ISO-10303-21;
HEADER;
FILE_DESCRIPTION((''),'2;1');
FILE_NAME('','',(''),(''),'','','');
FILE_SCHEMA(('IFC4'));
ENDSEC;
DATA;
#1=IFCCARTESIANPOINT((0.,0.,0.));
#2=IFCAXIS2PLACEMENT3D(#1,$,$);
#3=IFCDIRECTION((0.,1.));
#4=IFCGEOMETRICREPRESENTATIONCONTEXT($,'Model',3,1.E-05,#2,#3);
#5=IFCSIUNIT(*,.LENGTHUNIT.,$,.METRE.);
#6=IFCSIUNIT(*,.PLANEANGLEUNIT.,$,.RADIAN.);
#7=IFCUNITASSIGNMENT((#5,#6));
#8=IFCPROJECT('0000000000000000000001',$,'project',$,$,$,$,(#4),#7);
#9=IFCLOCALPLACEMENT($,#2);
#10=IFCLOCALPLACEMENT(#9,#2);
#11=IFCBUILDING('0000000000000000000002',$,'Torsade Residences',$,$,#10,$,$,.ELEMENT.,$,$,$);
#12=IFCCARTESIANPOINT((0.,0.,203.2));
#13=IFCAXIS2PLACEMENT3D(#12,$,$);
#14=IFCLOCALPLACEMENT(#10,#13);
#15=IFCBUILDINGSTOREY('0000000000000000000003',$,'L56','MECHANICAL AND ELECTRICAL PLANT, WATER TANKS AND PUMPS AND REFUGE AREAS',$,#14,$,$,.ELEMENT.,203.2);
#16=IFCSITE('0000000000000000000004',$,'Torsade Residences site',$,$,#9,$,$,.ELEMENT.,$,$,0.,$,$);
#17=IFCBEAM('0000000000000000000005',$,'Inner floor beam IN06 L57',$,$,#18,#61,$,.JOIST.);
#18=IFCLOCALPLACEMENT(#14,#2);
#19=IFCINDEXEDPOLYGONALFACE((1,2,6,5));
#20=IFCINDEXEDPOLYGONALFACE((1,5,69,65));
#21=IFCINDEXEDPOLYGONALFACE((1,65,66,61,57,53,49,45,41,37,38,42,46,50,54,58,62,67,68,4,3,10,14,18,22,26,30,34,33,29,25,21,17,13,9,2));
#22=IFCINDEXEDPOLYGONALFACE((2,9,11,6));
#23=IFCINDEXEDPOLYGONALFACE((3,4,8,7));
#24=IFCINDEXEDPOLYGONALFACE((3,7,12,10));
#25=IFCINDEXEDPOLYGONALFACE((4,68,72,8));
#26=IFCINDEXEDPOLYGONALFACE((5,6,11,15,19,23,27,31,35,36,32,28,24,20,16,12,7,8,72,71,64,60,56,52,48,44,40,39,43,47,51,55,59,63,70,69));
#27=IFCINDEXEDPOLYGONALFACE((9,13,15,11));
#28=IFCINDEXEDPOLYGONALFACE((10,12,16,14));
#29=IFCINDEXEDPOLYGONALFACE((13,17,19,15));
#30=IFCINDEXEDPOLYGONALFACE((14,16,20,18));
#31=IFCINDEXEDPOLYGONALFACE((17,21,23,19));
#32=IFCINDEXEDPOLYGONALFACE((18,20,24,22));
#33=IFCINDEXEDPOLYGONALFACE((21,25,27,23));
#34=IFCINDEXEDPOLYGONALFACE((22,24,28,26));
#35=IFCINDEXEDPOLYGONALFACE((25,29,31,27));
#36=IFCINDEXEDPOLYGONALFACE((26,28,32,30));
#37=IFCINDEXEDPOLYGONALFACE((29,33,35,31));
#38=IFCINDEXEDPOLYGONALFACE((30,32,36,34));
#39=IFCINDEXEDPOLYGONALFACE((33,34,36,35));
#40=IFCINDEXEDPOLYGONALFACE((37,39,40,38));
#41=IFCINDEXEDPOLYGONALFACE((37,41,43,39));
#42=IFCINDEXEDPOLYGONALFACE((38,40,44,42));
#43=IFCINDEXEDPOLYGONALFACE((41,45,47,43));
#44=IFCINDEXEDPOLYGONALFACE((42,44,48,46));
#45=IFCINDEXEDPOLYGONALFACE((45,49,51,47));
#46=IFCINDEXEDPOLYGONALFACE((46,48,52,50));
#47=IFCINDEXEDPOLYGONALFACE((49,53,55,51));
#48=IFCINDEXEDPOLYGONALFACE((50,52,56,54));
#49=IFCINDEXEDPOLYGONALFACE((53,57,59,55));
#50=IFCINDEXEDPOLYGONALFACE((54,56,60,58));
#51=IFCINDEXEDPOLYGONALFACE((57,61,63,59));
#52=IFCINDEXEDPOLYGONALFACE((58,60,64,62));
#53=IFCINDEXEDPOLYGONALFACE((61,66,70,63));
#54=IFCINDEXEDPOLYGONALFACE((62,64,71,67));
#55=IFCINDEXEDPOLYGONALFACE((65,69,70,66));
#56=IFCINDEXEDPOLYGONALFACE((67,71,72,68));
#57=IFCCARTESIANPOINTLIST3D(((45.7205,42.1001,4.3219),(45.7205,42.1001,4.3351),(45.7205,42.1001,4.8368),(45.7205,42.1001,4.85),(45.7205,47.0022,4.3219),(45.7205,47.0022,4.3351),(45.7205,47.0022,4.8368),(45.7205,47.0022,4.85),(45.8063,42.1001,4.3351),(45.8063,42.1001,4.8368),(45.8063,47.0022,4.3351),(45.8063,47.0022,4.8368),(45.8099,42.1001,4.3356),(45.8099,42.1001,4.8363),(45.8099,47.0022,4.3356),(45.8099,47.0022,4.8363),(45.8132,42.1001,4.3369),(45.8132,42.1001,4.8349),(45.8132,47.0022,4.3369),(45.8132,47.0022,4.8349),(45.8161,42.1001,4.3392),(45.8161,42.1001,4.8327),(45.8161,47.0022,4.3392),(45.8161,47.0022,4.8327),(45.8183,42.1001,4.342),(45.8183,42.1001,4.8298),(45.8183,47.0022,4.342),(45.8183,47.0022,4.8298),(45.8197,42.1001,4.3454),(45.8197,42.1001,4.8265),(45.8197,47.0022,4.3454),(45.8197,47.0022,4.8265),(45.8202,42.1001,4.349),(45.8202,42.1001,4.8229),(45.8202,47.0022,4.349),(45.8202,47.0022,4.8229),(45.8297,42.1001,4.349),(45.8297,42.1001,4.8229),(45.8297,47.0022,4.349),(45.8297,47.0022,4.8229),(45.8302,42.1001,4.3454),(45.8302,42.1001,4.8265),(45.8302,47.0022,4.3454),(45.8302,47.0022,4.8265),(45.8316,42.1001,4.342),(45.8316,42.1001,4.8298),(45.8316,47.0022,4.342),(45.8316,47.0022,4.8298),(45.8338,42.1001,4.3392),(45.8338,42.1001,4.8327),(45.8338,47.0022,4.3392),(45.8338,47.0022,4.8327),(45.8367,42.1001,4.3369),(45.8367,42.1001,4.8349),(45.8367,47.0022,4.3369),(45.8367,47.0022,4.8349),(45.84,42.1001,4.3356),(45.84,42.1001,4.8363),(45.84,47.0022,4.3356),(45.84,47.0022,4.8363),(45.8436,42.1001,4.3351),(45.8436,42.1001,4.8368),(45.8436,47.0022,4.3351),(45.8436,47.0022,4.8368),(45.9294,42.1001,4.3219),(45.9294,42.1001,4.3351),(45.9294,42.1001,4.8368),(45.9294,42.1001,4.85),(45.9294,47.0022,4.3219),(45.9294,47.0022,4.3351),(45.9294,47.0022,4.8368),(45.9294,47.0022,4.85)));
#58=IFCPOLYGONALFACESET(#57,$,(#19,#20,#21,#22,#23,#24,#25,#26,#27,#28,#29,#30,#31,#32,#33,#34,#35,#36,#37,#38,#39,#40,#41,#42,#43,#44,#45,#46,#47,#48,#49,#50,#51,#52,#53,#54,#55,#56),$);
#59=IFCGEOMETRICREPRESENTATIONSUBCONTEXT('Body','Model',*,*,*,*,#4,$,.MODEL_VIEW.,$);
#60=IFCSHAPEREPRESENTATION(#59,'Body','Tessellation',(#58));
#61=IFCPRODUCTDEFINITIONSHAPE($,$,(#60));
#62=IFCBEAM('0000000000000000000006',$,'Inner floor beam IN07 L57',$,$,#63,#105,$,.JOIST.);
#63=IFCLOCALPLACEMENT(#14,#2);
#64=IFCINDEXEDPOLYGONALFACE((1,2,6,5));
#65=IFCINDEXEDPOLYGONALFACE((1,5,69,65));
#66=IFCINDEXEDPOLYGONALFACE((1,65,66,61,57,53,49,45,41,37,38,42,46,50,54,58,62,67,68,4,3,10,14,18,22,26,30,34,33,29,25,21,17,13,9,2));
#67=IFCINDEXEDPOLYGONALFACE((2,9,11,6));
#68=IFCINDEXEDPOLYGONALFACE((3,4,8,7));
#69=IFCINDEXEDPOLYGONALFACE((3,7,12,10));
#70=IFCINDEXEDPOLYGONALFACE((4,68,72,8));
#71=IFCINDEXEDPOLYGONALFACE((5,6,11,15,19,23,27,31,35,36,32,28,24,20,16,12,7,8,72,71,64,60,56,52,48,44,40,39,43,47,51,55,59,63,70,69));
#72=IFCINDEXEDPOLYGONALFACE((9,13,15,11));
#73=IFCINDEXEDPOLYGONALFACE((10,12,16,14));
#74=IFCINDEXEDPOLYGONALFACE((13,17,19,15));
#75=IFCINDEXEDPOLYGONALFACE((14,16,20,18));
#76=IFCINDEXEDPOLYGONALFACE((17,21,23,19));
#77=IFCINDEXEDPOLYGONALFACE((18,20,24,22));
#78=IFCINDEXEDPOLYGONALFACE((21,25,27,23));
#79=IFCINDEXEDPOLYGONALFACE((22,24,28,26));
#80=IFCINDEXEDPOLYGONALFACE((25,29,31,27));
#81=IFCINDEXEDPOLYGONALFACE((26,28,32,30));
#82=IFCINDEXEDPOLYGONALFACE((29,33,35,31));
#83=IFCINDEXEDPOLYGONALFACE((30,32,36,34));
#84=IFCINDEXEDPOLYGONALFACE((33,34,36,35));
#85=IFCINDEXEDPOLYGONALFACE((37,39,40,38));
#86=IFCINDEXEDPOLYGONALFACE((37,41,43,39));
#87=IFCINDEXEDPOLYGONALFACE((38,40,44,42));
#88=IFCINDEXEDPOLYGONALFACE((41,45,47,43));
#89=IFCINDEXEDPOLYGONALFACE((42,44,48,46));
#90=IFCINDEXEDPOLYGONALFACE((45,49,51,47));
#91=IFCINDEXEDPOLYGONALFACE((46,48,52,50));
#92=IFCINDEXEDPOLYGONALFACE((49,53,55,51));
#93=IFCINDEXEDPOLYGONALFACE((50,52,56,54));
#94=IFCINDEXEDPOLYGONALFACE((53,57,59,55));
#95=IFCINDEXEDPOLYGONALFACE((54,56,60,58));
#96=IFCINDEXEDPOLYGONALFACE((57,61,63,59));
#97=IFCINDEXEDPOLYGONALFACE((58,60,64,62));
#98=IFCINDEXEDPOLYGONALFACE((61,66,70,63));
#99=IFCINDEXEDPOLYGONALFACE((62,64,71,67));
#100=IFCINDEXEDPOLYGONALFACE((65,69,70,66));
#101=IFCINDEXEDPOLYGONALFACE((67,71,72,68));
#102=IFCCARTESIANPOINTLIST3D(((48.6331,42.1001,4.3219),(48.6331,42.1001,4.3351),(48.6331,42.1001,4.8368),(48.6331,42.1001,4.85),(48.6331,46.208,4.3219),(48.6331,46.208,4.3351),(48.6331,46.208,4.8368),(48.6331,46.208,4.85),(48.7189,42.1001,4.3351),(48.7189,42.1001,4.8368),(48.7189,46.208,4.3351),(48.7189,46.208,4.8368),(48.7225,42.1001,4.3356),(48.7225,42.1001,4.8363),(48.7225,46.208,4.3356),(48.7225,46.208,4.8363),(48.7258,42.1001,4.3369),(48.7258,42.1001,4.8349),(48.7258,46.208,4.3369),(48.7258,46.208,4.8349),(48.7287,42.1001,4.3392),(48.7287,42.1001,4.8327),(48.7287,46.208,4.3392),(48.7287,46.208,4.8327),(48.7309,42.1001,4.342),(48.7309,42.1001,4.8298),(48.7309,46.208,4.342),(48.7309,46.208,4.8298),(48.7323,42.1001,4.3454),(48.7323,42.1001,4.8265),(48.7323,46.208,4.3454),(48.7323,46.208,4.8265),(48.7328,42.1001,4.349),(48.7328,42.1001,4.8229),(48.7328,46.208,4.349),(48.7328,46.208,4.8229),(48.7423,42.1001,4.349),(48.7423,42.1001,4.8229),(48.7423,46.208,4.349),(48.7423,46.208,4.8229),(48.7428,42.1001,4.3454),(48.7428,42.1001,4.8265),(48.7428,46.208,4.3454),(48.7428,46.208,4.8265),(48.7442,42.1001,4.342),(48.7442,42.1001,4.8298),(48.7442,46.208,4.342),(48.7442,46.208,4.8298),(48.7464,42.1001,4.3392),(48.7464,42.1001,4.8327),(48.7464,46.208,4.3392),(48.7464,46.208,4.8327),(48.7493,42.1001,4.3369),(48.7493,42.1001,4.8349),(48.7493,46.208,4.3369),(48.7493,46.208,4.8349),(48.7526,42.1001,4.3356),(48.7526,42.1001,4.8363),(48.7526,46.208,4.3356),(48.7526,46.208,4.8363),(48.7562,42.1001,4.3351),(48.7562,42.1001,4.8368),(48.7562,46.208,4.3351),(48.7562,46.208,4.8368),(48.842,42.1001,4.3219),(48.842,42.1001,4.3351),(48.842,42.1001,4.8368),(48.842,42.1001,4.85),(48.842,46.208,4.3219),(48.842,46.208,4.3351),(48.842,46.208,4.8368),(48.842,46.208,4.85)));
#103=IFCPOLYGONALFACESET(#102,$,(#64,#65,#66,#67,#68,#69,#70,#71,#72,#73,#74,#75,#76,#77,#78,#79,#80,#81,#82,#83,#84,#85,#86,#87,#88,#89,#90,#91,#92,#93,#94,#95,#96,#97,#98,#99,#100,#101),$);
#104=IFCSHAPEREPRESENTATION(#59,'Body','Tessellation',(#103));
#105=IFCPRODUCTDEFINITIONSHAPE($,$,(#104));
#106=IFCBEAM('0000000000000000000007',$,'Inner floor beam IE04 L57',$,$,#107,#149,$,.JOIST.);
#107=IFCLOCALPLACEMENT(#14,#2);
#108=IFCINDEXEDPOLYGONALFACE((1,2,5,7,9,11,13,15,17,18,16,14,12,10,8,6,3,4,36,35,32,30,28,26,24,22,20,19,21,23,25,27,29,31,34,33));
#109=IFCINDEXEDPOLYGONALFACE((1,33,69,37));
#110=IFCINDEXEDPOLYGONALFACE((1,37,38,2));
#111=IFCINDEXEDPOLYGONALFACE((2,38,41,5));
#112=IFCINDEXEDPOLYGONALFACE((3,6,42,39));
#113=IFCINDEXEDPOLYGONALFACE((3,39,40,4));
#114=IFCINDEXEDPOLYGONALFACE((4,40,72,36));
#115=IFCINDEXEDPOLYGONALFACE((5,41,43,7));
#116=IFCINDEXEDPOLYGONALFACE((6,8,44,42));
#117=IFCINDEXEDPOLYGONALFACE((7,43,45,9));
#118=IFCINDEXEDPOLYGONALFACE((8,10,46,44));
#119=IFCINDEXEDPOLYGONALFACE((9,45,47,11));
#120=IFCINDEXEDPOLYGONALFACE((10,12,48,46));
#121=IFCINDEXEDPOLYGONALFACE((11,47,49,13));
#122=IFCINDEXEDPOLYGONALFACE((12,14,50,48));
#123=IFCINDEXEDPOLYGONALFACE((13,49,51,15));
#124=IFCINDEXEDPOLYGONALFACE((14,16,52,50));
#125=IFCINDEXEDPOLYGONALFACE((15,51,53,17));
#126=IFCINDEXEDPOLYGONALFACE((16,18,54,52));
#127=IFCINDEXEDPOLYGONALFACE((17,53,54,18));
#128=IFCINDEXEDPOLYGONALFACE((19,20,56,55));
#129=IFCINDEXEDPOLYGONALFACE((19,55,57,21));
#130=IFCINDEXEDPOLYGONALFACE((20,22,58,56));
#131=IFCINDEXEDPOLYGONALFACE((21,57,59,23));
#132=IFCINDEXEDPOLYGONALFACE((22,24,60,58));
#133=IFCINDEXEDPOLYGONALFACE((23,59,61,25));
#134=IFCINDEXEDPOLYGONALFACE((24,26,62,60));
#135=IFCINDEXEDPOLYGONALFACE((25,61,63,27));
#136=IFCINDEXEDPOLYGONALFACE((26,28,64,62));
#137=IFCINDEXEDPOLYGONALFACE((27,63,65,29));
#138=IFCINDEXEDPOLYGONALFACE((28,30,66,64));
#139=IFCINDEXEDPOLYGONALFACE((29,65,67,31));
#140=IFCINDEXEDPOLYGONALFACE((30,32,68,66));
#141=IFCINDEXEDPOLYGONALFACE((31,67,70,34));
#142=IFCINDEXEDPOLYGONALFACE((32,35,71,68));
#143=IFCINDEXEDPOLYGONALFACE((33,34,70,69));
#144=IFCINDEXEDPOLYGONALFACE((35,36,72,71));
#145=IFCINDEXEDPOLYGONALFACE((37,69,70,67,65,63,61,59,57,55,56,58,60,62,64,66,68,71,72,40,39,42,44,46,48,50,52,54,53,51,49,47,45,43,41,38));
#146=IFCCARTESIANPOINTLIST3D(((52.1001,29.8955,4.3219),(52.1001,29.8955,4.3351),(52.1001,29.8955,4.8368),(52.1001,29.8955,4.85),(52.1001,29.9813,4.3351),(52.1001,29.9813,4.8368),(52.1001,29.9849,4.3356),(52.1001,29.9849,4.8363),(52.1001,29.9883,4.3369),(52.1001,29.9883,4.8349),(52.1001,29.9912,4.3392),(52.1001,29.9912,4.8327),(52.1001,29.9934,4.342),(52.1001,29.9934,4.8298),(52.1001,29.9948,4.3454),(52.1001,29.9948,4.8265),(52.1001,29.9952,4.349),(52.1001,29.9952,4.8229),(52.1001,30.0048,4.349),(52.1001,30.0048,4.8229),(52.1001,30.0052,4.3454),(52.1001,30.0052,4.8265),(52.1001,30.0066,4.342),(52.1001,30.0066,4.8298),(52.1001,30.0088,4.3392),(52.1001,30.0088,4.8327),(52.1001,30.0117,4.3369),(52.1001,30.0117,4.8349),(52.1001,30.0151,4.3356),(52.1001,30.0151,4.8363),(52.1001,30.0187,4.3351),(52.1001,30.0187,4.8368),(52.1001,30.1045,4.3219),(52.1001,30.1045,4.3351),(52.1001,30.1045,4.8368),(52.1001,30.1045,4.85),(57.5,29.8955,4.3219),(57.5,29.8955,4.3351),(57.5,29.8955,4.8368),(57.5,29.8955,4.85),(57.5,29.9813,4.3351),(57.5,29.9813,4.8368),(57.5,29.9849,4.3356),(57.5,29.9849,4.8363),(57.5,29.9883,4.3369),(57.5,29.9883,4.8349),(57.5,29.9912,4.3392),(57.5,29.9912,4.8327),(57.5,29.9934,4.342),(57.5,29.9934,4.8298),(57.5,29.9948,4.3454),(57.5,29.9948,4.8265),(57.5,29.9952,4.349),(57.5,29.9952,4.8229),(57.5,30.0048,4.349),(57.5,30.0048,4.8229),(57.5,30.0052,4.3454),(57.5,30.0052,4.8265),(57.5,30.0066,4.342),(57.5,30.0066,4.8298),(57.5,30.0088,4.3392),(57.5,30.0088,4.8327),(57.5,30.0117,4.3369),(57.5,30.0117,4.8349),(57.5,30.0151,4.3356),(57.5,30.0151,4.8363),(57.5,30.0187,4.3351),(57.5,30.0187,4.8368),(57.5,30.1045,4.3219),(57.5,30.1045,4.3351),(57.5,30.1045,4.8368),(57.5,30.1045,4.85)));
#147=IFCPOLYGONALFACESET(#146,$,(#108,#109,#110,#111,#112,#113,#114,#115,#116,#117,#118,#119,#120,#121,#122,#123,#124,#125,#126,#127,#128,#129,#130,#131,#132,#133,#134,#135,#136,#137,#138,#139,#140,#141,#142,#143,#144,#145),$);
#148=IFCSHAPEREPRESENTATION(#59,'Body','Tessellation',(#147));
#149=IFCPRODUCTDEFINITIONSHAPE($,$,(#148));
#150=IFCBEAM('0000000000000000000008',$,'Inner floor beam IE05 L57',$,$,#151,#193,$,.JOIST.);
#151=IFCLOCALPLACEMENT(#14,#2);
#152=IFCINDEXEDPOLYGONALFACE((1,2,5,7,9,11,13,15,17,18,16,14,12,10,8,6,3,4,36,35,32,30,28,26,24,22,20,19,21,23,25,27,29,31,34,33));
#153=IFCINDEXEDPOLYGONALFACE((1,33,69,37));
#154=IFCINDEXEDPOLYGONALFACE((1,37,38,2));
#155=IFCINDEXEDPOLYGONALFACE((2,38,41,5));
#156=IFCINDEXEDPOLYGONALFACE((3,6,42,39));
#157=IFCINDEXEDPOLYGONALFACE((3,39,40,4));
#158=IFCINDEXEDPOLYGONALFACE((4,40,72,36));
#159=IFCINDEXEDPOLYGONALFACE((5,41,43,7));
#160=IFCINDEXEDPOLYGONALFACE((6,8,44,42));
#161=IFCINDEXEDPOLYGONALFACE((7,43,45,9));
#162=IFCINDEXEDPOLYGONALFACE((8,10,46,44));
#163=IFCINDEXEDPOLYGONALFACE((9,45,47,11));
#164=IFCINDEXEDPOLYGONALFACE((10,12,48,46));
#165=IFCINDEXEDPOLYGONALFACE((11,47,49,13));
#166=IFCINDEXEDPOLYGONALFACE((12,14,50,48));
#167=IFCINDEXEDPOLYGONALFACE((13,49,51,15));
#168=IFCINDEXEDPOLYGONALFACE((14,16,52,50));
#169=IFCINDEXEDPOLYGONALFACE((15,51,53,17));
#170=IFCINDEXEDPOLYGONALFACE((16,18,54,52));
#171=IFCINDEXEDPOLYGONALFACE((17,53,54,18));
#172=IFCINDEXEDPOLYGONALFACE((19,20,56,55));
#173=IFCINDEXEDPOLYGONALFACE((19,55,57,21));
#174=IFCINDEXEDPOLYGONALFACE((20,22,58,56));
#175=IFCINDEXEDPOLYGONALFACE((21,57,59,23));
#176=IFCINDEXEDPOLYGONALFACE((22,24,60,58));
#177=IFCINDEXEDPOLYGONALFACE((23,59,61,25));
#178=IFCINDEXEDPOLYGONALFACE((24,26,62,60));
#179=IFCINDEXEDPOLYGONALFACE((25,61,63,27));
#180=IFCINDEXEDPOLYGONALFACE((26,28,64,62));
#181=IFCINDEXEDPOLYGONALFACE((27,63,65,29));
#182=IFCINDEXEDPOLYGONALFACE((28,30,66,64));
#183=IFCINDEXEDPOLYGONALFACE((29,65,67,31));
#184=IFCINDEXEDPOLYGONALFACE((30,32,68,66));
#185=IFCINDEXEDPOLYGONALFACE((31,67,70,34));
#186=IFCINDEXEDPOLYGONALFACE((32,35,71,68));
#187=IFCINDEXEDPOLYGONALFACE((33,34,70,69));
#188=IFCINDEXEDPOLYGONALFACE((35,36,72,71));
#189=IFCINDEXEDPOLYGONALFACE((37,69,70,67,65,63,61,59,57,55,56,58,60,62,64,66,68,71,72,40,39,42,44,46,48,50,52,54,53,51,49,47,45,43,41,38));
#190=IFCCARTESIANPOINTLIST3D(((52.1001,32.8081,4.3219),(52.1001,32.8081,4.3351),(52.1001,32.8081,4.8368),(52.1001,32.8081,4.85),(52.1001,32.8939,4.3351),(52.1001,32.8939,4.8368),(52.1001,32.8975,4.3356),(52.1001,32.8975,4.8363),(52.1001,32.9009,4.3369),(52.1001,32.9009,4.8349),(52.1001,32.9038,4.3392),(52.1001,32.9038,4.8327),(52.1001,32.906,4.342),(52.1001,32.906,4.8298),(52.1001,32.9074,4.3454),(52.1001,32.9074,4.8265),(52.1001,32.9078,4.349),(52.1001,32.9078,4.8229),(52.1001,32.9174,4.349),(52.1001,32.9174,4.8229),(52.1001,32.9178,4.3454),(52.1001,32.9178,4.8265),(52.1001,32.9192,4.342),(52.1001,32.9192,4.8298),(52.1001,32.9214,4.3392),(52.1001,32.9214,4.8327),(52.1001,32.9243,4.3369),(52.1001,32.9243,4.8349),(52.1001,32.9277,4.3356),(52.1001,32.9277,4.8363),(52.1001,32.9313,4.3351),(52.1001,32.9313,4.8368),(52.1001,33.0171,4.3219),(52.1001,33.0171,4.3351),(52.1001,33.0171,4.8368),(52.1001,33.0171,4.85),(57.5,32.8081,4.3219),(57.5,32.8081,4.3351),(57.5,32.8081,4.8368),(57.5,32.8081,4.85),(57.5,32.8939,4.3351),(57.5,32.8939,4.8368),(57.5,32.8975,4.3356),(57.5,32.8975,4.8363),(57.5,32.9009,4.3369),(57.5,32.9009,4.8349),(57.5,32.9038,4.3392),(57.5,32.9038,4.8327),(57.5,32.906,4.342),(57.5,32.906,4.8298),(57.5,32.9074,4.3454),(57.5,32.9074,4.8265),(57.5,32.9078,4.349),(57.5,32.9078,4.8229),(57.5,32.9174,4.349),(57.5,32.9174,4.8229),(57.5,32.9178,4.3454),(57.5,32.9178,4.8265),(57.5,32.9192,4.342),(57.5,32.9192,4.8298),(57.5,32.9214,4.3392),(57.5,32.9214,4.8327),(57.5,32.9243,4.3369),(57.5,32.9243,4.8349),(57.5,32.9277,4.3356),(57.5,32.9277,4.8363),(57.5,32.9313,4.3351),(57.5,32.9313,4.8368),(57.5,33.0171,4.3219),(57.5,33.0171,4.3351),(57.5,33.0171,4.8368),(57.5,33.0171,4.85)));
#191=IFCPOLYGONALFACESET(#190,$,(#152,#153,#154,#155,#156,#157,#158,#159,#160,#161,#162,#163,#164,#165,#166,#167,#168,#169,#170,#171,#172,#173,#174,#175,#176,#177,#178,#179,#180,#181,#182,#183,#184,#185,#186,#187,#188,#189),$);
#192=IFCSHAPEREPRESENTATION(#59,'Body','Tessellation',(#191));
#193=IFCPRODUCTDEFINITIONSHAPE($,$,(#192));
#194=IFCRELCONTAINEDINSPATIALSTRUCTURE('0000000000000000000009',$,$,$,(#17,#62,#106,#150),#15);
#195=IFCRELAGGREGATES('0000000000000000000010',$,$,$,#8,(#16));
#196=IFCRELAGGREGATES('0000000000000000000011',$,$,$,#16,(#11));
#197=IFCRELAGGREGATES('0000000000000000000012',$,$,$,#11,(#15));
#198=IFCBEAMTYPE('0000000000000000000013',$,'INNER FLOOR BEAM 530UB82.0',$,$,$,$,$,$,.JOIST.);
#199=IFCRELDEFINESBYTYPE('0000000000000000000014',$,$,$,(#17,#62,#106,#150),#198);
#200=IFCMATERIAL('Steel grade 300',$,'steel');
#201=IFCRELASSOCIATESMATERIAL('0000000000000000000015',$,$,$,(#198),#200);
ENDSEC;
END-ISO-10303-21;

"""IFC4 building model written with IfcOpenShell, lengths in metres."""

from ifc_helpers import new_model, si_unit, direction, frame, origin, origin_2d, place, context, subcontext, project, spatial, i_section, extrude, material, material_profile, profile_set, type_object, element, save


model = new_model("IFC4")

# Units and contexts
model_context = context("Model", 3, precision=1e-05, world=origin(), true_north=direction((0.0, 1.0)))
body_context = subcontext(model_context, "Body", "Model", "MODEL_VIEW")
ifc_project = project(units=[si_unit("LENGTHUNIT", "METRE"), si_unit("PLANEANGLEUNIT", "RADIAN")], contexts=[model_context])

# Site, building, storey
site_placement = place(None, origin())
site = spatial("IfcSite", under=ifc_project, at=site_placement, Name="Torsade Residences site", CompositionType="ELEMENT", RefElevation=0.0)
building_placement = place(site_placement, origin())
building = spatial("IfcBuilding", under=site, at=building_placement, Name="Torsade Residences", CompositionType="ELEMENT")
storey_placement = place(building_placement, frame((0.0, 0.0, 203.2)))
storey = spatial("IfcBuildingStorey", under=building, at=storey_placement, Name="L56", Description="MECHANICAL AND ELECTRICAL PLANT, WATER TANKS AND PUMPS AND REFUGE AREAS", CompositionType="ELEMENT", Elevation=203.2)

# Beams
ifc_material_1 = material(Name="Steel grade 300", Category="steel")
ifc_material_profile_1 = material_profile(ifc_material_1, i_section(OverallWidth=0.209, OverallDepth=0.5281, WebThickness=0.0095, FlangeThickness=0.0132, FilletRadius=0.0139, at=origin_2d()), Name="530UB82.0")
ifc_profile_set_1 = profile_set([ifc_material_profile_1], Name="Steel grade 300")
beam_type_1 = type_object("IfcBeamType", Name="INNER FLOOR BEAM 530UB82.0", PredefinedType="JOIST", material=ifc_profile_set_1)
beam_1_placement = place(storey_placement, frame((45.825, 42.1001, 4.5859), z_axis=(0.0, 1.0, 0.0), x_axis=(-1.0, 0.0, 0.0)))
element("IfcBeam", 1, at=beam_1_placement, inside=storey, type_object=beam_type_1, Name="Inner floor beam IN06 L57", PredefinedType="JOIST", context=body_context, shape_type="SweptSolid", body=[
    extrude(i_section(OverallWidth=0.209, OverallDepth=0.5281, WebThickness=0.0095, FlangeThickness=0.0132, FilletRadius=0.0139, at=origin_2d()), origin(), (0.0, 0.0, 1.0), 4.9021),
])
beam_2_placement = place(storey_placement, frame((48.7375, 42.1001, 4.5859), z_axis=(0.0, 1.0, 0.0), x_axis=(-1.0, 0.0, 0.0)))
element("IfcBeam", 2, at=beam_2_placement, inside=storey, type_object=beam_type_1, Name="Inner floor beam IN07 L57", PredefinedType="JOIST", context=body_context, shape_type="SweptSolid", body=[
    extrude(i_section(OverallWidth=0.209, OverallDepth=0.5281, WebThickness=0.0095, FlangeThickness=0.0132, FilletRadius=0.0139, at=origin_2d()), origin(), (0.0, 0.0, 1.0), 4.1079),
])
for number, where, z_axis, x_axis, name in (
    (3, (52.1001, 30.0, 4.5859), (1.0, 0.0, 0.0), (0.0, 1.0, 0.0), "Inner floor beam IE04 L57"),
    (4, (52.1001, 32.9126, 4.5859), (1.0, 0.0, 0.0), (0.0, 1.0, 0.0), "Inner floor beam IE05 L57"),
):
    element("IfcBeam", number, at=place(storey_placement, frame(where, z_axis=z_axis, x_axis=x_axis)), inside=storey, type_object=beam_type_1, Name=name, PredefinedType="JOIST", context=body_context, shape_type="SweptSolid", body=[
        extrude(i_section(OverallWidth=0.209, OverallDepth=0.5281, WebThickness=0.0095, FlangeThickness=0.0132, FilletRadius=0.0139, at=origin_2d()), origin(), (0.0, 0.0, 1.0), 5.3999),
    ])

save(model, "model.ifc")
